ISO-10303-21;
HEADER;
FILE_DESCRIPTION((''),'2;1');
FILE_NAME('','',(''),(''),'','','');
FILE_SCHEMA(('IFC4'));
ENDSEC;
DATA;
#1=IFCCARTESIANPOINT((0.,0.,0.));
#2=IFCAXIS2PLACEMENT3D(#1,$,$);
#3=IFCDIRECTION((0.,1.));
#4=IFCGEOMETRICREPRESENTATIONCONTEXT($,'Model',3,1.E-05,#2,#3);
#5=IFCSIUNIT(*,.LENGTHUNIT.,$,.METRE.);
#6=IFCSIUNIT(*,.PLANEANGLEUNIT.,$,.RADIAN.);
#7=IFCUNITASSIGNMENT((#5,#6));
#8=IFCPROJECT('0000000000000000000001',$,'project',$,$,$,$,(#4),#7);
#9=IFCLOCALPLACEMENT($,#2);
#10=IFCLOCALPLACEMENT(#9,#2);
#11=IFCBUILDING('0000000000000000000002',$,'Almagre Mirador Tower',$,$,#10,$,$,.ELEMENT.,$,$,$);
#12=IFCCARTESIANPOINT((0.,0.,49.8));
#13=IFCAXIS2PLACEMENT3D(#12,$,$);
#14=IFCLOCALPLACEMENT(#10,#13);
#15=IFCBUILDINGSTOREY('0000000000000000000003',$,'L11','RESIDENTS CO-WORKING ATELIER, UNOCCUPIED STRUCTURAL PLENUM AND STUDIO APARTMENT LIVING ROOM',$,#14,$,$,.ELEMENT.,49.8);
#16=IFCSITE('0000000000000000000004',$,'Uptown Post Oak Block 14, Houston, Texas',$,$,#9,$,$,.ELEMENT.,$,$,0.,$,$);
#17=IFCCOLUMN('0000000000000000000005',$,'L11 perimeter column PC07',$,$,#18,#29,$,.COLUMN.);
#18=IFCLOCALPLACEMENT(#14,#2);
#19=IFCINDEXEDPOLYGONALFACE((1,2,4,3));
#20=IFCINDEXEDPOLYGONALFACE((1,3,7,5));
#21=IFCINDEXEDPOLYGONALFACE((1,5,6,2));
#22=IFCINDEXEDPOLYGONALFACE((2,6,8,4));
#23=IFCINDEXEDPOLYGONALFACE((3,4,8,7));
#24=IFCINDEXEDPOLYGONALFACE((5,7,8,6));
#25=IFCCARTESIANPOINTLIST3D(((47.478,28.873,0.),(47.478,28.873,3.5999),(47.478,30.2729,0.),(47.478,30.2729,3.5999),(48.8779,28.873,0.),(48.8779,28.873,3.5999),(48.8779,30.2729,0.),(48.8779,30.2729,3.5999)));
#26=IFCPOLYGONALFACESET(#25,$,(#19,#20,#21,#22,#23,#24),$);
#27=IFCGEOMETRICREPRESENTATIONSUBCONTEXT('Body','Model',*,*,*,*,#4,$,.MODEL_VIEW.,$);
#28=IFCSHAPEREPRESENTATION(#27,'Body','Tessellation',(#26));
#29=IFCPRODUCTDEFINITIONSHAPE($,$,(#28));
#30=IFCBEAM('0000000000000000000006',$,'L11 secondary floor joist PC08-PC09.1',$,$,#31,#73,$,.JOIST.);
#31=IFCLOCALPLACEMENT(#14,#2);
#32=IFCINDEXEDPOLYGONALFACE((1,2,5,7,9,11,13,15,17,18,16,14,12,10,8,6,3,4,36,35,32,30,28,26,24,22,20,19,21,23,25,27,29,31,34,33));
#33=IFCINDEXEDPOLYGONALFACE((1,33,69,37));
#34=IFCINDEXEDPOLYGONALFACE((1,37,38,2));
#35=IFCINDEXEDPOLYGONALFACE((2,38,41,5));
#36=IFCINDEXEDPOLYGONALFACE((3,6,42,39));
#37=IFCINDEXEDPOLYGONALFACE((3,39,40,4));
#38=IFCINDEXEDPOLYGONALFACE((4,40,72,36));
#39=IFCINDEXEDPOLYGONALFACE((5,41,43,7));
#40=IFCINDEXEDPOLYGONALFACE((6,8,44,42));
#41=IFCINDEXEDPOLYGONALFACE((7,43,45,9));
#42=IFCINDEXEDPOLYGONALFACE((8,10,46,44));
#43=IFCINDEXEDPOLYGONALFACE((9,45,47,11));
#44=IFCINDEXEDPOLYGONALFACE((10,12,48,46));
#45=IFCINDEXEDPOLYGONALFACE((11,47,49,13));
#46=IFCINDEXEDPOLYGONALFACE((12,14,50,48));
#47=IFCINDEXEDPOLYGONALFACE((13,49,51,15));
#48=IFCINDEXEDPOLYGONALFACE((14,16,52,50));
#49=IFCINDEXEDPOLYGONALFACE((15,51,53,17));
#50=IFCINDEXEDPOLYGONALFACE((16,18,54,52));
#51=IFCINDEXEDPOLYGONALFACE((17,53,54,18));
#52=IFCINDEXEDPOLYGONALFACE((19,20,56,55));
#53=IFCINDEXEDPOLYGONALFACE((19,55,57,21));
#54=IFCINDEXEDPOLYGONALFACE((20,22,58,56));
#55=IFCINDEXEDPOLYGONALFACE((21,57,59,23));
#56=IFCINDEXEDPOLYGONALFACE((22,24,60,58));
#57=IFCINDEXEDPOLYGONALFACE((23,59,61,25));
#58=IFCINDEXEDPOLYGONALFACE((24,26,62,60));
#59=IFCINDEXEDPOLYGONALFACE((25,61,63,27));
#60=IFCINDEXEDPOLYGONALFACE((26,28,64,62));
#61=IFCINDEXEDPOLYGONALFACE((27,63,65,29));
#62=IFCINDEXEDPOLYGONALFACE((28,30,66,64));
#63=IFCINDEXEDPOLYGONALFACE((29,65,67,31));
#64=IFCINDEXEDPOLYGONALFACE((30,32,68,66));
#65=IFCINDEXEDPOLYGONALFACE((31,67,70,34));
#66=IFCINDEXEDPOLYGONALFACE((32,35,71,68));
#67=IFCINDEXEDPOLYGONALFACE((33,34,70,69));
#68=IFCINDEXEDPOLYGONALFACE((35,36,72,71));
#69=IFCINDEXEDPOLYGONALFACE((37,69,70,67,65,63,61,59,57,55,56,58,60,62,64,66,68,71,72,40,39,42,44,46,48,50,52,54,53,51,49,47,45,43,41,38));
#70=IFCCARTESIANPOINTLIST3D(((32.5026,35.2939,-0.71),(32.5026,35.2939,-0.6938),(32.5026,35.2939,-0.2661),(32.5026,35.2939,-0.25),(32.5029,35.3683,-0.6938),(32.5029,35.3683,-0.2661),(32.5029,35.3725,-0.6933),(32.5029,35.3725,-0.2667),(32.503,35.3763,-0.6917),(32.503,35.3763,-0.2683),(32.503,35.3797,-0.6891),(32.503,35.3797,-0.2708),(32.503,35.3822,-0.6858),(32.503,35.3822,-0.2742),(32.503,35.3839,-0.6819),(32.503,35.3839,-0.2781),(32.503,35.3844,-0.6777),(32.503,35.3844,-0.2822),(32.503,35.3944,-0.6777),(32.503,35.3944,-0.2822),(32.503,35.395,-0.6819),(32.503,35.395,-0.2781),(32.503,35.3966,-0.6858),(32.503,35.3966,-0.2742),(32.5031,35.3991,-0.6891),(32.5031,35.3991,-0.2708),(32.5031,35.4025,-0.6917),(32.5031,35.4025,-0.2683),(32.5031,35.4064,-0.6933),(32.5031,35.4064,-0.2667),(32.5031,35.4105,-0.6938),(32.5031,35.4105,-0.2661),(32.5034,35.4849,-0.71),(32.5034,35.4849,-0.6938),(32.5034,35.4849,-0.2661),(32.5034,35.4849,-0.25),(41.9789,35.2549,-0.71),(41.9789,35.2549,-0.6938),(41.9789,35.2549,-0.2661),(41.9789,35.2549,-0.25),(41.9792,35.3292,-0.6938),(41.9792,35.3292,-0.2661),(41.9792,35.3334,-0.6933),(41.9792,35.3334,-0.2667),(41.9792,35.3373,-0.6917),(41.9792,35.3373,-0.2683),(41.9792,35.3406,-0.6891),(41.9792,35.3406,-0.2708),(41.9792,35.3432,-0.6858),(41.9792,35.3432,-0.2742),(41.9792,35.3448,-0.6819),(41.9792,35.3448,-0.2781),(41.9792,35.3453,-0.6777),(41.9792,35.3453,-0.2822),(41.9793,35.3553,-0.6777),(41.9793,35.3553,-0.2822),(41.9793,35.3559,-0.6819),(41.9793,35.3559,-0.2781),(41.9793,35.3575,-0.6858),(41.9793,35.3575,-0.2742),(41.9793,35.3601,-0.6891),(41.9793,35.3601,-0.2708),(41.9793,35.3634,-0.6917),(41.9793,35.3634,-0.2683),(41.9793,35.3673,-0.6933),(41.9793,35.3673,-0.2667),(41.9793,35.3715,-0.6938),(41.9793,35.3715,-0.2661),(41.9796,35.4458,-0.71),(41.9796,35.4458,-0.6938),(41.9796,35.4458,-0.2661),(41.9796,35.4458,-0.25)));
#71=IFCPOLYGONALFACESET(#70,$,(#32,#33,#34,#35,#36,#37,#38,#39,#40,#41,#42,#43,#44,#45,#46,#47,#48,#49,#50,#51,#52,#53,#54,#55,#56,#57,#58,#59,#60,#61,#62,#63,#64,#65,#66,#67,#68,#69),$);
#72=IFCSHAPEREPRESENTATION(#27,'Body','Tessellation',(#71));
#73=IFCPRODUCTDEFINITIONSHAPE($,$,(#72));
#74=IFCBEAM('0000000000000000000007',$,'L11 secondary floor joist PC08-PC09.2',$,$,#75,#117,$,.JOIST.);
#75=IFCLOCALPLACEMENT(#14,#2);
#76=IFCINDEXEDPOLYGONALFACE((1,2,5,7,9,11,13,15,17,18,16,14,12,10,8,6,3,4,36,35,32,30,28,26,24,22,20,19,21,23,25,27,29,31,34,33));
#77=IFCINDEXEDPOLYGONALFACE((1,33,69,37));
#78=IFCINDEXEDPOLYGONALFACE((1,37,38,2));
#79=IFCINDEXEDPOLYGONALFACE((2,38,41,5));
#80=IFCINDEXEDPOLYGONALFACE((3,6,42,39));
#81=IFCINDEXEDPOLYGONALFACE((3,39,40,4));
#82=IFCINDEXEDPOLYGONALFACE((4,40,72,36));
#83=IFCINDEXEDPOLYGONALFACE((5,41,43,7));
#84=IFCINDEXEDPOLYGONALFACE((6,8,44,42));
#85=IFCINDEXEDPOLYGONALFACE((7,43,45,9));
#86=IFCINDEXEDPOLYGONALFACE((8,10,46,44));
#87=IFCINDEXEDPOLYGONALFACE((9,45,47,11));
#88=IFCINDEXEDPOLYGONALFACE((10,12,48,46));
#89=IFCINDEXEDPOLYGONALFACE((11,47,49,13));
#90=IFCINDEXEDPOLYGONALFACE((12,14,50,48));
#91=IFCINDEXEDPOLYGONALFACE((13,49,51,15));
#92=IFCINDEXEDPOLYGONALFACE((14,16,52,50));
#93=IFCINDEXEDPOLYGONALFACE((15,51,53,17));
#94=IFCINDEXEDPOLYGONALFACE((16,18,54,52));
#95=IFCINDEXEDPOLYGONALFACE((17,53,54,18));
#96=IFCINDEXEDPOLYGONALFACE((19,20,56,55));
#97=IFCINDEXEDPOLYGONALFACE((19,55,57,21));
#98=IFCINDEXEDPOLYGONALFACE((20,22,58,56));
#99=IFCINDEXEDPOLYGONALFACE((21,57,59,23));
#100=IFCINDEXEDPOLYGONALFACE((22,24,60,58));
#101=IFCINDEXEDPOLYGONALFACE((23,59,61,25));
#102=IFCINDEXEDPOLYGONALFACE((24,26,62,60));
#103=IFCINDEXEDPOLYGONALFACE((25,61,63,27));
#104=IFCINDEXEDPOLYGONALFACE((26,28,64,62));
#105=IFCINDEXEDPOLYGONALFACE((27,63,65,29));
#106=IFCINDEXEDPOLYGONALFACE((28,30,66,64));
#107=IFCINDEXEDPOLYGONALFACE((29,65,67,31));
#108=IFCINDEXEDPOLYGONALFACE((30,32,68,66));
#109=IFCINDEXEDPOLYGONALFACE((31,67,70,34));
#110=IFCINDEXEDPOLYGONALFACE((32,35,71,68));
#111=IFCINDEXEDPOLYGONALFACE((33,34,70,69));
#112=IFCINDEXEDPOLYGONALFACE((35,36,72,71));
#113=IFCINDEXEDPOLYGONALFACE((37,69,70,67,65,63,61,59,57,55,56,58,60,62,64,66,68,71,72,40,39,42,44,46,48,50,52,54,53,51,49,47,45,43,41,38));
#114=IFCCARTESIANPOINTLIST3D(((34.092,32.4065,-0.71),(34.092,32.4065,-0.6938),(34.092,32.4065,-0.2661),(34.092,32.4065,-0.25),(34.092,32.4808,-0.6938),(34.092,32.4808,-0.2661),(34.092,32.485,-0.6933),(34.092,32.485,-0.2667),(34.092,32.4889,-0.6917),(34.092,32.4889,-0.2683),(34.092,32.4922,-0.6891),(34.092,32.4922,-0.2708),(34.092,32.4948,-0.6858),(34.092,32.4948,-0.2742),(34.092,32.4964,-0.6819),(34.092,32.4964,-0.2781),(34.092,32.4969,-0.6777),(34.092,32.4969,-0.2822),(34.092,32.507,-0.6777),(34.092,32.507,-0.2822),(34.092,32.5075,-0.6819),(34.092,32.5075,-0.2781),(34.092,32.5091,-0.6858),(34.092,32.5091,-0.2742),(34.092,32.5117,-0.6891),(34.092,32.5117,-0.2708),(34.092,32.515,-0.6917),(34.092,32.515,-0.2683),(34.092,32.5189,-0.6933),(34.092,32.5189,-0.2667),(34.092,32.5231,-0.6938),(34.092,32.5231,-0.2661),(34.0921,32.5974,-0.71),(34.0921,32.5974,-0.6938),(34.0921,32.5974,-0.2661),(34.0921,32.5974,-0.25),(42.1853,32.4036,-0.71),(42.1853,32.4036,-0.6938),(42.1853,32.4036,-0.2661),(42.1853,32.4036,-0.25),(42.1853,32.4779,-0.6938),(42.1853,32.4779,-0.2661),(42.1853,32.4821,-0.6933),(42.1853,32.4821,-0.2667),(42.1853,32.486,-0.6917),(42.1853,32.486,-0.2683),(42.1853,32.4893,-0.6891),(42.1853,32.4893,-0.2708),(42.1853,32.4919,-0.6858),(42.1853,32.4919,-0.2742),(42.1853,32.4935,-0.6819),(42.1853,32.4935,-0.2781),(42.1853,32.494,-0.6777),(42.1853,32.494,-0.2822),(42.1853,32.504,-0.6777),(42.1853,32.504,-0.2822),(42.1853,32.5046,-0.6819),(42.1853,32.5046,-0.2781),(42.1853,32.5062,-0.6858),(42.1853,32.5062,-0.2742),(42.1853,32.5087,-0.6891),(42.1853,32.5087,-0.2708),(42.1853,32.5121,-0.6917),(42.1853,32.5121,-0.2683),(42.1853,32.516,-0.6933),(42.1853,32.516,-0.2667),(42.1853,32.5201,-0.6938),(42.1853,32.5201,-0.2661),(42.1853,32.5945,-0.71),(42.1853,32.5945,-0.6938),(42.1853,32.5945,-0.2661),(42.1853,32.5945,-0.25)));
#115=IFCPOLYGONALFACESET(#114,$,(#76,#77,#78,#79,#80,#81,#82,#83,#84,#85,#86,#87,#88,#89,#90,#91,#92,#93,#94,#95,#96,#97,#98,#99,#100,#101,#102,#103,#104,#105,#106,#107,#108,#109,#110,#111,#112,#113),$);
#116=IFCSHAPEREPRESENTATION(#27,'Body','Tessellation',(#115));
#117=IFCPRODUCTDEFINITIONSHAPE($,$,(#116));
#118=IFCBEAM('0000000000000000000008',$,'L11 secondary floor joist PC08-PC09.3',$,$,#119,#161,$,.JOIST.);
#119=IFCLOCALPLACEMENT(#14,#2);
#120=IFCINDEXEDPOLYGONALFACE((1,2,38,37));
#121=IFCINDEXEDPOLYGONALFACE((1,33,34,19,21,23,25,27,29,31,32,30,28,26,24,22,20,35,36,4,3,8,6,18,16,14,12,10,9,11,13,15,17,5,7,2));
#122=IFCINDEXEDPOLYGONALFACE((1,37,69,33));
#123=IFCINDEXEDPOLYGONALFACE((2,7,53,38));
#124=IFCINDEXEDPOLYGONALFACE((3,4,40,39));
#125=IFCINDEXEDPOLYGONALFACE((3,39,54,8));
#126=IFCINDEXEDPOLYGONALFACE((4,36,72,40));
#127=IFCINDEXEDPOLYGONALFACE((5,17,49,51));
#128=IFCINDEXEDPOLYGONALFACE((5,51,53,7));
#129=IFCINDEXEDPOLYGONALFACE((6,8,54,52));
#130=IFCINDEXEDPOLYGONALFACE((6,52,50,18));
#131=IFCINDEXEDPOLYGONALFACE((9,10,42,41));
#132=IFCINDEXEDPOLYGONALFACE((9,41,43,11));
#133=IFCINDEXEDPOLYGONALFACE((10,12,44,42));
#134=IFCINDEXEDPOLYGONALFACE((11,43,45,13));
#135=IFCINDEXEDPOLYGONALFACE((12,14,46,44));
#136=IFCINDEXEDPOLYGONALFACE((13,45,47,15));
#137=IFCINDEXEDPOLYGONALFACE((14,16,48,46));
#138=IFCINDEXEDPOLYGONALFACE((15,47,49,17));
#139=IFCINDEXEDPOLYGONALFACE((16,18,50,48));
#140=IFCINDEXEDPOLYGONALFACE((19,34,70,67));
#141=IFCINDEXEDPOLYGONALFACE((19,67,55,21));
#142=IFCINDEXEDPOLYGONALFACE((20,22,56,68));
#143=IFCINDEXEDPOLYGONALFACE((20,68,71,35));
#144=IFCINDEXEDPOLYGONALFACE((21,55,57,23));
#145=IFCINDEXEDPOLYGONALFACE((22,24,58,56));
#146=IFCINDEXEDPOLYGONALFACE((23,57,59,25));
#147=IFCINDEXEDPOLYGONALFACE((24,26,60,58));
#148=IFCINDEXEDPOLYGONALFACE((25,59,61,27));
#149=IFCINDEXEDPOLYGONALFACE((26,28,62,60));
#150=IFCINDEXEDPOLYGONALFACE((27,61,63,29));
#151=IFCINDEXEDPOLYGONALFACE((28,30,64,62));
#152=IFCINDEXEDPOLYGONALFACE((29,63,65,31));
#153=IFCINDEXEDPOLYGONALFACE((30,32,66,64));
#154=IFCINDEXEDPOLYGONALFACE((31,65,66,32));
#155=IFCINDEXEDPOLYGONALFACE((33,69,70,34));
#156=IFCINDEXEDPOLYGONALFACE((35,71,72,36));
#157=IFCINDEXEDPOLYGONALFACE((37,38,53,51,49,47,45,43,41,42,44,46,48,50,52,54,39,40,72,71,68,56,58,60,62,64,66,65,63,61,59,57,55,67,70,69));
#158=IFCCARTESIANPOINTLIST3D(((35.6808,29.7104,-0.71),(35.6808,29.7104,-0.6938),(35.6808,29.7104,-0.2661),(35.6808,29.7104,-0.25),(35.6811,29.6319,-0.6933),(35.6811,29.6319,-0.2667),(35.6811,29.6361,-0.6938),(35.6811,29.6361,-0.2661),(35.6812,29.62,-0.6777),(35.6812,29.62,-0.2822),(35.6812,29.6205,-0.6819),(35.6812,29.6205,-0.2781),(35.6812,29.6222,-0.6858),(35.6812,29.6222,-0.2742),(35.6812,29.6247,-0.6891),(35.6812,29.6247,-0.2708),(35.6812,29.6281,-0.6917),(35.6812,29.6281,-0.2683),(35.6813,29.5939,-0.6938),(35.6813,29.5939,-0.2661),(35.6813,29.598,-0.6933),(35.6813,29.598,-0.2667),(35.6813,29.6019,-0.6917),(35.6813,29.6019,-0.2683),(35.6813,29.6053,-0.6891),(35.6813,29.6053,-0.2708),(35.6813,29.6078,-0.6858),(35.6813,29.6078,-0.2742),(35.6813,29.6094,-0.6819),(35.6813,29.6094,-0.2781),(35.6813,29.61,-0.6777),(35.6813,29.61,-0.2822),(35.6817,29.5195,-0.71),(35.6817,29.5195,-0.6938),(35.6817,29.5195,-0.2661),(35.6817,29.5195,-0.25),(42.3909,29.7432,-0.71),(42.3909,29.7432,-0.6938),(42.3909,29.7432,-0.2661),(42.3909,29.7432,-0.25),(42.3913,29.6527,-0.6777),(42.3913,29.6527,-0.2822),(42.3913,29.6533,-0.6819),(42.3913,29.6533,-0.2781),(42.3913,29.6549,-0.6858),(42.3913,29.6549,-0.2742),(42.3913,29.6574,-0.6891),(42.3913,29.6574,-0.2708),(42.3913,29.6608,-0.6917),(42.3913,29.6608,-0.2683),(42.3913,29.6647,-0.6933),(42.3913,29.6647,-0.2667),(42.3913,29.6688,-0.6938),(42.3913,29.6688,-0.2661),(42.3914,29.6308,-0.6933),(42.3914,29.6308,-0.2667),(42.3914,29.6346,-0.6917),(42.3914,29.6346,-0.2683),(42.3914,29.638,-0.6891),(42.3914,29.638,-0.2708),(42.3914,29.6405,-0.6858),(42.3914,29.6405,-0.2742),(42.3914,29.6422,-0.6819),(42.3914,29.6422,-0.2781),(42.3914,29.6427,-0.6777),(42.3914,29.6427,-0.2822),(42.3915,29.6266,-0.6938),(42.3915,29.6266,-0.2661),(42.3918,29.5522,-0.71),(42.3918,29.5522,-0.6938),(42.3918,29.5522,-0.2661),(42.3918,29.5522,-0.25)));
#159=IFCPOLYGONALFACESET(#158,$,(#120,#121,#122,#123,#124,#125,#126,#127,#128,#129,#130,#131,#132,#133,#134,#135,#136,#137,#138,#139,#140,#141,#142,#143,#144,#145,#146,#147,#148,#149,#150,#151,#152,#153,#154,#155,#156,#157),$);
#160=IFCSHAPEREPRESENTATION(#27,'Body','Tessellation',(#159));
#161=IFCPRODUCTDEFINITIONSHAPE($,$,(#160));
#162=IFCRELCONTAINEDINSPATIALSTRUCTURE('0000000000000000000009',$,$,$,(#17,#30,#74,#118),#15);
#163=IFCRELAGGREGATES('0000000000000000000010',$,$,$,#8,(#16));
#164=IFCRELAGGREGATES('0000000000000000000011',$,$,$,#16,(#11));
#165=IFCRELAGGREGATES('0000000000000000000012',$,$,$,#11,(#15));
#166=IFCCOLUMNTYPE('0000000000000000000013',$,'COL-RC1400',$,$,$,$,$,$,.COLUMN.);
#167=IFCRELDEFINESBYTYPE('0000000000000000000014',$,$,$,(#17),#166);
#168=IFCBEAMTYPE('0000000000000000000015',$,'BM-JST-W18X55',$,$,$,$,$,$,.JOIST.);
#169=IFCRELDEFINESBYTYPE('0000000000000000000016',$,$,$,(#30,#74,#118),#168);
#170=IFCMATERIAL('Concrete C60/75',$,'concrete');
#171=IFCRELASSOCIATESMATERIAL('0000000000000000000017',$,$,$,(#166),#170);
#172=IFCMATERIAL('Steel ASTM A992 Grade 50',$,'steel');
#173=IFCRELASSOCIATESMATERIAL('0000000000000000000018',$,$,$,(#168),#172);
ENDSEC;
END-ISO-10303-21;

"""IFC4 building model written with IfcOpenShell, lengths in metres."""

from ifc_helpers import new_model, si_unit, direction, frame, origin, origin_2d, place, context, subcontext, project, spatial, rectangle, i_section, extrude, material, material_profile, profile_set, type_object, element, save


model = new_model("IFC4")

# Units and contexts
model_context = context("Model", 3, precision=1e-05, world=origin(), true_north=direction((0.0, 1.0)))
body_context = subcontext(model_context, "Body", "Model", "MODEL_VIEW")
ifc_project = project(units=[si_unit("LENGTHUNIT", "METRE"), si_unit("PLANEANGLEUNIT", "RADIAN")], contexts=[model_context])

# Site, building, storey
site_placement = place(None, origin())
site = spatial("IfcSite", under=ifc_project, at=site_placement, Name="Uptown Post Oak Block 14, Houston, Texas", CompositionType="ELEMENT", RefElevation=0.0)
building_placement = place(site_placement, origin())
building = spatial("IfcBuilding", under=site, at=building_placement, Name="Almagre Mirador Tower", CompositionType="ELEMENT")
storey_placement = place(building_placement, frame((0.0, 0.0, 49.8)))
storey = spatial("IfcBuildingStorey", under=building, at=storey_placement, Name="L11", Description="RESIDENTS CO-WORKING ATELIER, UNOCCUPIED STRUCTURAL PLENUM AND STUDIO APARTMENT LIVING ROOM", CompositionType="ELEMENT", Elevation=49.8)

# Column
ifc_material_1 = material(Name="Concrete C60/75", Category="concrete")
ifc_material_profile_1 = material_profile(ifc_material_1, rectangle(XDim=1.3999, YDim=1.3999, at=origin_2d()), Name="RC1400X1400")
ifc_profile_set_1 = profile_set([ifc_material_profile_1], Name="Concrete C60/75")
column_type = type_object("IfcColumnType", Name="COL-RC1400", PredefinedType="COLUMN", material=ifc_profile_set_1)
column_placement = place(storey_placement, frame((48.178, 29.573, 0.0), z_axis=(0.0, 0.0, 1.0), x_axis=(1.0, 0.0, 0.0)))
element("IfcColumn", 1, at=column_placement, inside=storey, type_object=column_type, Name="L11 perimeter column PC07", PredefinedType="COLUMN", context=body_context, shape_type="SweptSolid", body=[
    extrude(rectangle(XDim=1.3999, YDim=1.3999, at=origin_2d()), origin(), (0.0, 0.0, 1.0), 3.5999),
])

# Beams
ifc_material_2 = material(Name="Steel ASTM A992 Grade 50", Category="steel")
ifc_material_profile_2 = material_profile(ifc_material_2, i_section(OverallWidth=0.1909, OverallDepth=0.46, WebThickness=0.01, FlangeThickness=0.0161, FilletRadius=0.0161, at=origin_2d()), Name="W18X55")
ifc_profile_set_2 = profile_set([ifc_material_profile_2], Name="Steel ASTM A992 Grade 50")
beam_type_1 = type_object("IfcBeamType", Name="BM-JST-W18X55", PredefinedType="JOIST", material=ifc_profile_set_2)
beam_1_placement = place(storey_placement, frame((41.9792, 35.3503, -0.48), z_axis=(-0.999992, 0.004122, 0.0), x_axis=(-0.004122, -0.999992, 0.0)))
element("IfcBeam", 2, at=beam_1_placement, inside=storey, type_object=beam_type_1, Name="L11 secondary floor joist PC08-PC09.1", PredefinedType="JOIST", context=body_context, shape_type="SweptSolid", body=[
    extrude(i_section(OverallWidth=0.1909, OverallDepth=0.46, WebThickness=0.01, FlangeThickness=0.0161, FilletRadius=0.0161, at=origin_2d()), origin(), (0.0, 0.0, 1.0), 9.4763),
])
beam_2_placement = place(storey_placement, frame((42.1853, 32.499, -0.48), z_axis=(-1.0, 0.000362, 0.0), x_axis=(-0.000362, -1.0, 0.0)))
element("IfcBeam", 3, at=beam_2_placement, inside=storey, type_object=beam_type_1, Name="L11 secondary floor joist PC08-PC09.2", PredefinedType="JOIST", context=body_context, shape_type="SweptSolid", body=[
    extrude(i_section(OverallWidth=0.1909, OverallDepth=0.46, WebThickness=0.01, FlangeThickness=0.0161, FilletRadius=0.0161, at=origin_2d()), origin(), (0.0, 0.0, 1.0), 8.0933),
])
beam_3_placement = place(storey_placement, frame((42.3914, 29.6477, -0.48), z_axis=(-0.999988, -0.004875, 0.0), x_axis=(0.004875, -0.999988, 0.0)))
element("IfcBeam", 4, at=beam_3_placement, inside=storey, type_object=beam_type_1, Name="L11 secondary floor joist PC08-PC09.3", PredefinedType="JOIST", context=body_context, shape_type="SweptSolid", body=[
    extrude(i_section(OverallWidth=0.1909, OverallDepth=0.46, WebThickness=0.01, FlangeThickness=0.0161, FilletRadius=0.0161, at=origin_2d()), origin(), (0.0, 0.0, 1.0), 6.7102),
])

save(model, "model.ifc")
